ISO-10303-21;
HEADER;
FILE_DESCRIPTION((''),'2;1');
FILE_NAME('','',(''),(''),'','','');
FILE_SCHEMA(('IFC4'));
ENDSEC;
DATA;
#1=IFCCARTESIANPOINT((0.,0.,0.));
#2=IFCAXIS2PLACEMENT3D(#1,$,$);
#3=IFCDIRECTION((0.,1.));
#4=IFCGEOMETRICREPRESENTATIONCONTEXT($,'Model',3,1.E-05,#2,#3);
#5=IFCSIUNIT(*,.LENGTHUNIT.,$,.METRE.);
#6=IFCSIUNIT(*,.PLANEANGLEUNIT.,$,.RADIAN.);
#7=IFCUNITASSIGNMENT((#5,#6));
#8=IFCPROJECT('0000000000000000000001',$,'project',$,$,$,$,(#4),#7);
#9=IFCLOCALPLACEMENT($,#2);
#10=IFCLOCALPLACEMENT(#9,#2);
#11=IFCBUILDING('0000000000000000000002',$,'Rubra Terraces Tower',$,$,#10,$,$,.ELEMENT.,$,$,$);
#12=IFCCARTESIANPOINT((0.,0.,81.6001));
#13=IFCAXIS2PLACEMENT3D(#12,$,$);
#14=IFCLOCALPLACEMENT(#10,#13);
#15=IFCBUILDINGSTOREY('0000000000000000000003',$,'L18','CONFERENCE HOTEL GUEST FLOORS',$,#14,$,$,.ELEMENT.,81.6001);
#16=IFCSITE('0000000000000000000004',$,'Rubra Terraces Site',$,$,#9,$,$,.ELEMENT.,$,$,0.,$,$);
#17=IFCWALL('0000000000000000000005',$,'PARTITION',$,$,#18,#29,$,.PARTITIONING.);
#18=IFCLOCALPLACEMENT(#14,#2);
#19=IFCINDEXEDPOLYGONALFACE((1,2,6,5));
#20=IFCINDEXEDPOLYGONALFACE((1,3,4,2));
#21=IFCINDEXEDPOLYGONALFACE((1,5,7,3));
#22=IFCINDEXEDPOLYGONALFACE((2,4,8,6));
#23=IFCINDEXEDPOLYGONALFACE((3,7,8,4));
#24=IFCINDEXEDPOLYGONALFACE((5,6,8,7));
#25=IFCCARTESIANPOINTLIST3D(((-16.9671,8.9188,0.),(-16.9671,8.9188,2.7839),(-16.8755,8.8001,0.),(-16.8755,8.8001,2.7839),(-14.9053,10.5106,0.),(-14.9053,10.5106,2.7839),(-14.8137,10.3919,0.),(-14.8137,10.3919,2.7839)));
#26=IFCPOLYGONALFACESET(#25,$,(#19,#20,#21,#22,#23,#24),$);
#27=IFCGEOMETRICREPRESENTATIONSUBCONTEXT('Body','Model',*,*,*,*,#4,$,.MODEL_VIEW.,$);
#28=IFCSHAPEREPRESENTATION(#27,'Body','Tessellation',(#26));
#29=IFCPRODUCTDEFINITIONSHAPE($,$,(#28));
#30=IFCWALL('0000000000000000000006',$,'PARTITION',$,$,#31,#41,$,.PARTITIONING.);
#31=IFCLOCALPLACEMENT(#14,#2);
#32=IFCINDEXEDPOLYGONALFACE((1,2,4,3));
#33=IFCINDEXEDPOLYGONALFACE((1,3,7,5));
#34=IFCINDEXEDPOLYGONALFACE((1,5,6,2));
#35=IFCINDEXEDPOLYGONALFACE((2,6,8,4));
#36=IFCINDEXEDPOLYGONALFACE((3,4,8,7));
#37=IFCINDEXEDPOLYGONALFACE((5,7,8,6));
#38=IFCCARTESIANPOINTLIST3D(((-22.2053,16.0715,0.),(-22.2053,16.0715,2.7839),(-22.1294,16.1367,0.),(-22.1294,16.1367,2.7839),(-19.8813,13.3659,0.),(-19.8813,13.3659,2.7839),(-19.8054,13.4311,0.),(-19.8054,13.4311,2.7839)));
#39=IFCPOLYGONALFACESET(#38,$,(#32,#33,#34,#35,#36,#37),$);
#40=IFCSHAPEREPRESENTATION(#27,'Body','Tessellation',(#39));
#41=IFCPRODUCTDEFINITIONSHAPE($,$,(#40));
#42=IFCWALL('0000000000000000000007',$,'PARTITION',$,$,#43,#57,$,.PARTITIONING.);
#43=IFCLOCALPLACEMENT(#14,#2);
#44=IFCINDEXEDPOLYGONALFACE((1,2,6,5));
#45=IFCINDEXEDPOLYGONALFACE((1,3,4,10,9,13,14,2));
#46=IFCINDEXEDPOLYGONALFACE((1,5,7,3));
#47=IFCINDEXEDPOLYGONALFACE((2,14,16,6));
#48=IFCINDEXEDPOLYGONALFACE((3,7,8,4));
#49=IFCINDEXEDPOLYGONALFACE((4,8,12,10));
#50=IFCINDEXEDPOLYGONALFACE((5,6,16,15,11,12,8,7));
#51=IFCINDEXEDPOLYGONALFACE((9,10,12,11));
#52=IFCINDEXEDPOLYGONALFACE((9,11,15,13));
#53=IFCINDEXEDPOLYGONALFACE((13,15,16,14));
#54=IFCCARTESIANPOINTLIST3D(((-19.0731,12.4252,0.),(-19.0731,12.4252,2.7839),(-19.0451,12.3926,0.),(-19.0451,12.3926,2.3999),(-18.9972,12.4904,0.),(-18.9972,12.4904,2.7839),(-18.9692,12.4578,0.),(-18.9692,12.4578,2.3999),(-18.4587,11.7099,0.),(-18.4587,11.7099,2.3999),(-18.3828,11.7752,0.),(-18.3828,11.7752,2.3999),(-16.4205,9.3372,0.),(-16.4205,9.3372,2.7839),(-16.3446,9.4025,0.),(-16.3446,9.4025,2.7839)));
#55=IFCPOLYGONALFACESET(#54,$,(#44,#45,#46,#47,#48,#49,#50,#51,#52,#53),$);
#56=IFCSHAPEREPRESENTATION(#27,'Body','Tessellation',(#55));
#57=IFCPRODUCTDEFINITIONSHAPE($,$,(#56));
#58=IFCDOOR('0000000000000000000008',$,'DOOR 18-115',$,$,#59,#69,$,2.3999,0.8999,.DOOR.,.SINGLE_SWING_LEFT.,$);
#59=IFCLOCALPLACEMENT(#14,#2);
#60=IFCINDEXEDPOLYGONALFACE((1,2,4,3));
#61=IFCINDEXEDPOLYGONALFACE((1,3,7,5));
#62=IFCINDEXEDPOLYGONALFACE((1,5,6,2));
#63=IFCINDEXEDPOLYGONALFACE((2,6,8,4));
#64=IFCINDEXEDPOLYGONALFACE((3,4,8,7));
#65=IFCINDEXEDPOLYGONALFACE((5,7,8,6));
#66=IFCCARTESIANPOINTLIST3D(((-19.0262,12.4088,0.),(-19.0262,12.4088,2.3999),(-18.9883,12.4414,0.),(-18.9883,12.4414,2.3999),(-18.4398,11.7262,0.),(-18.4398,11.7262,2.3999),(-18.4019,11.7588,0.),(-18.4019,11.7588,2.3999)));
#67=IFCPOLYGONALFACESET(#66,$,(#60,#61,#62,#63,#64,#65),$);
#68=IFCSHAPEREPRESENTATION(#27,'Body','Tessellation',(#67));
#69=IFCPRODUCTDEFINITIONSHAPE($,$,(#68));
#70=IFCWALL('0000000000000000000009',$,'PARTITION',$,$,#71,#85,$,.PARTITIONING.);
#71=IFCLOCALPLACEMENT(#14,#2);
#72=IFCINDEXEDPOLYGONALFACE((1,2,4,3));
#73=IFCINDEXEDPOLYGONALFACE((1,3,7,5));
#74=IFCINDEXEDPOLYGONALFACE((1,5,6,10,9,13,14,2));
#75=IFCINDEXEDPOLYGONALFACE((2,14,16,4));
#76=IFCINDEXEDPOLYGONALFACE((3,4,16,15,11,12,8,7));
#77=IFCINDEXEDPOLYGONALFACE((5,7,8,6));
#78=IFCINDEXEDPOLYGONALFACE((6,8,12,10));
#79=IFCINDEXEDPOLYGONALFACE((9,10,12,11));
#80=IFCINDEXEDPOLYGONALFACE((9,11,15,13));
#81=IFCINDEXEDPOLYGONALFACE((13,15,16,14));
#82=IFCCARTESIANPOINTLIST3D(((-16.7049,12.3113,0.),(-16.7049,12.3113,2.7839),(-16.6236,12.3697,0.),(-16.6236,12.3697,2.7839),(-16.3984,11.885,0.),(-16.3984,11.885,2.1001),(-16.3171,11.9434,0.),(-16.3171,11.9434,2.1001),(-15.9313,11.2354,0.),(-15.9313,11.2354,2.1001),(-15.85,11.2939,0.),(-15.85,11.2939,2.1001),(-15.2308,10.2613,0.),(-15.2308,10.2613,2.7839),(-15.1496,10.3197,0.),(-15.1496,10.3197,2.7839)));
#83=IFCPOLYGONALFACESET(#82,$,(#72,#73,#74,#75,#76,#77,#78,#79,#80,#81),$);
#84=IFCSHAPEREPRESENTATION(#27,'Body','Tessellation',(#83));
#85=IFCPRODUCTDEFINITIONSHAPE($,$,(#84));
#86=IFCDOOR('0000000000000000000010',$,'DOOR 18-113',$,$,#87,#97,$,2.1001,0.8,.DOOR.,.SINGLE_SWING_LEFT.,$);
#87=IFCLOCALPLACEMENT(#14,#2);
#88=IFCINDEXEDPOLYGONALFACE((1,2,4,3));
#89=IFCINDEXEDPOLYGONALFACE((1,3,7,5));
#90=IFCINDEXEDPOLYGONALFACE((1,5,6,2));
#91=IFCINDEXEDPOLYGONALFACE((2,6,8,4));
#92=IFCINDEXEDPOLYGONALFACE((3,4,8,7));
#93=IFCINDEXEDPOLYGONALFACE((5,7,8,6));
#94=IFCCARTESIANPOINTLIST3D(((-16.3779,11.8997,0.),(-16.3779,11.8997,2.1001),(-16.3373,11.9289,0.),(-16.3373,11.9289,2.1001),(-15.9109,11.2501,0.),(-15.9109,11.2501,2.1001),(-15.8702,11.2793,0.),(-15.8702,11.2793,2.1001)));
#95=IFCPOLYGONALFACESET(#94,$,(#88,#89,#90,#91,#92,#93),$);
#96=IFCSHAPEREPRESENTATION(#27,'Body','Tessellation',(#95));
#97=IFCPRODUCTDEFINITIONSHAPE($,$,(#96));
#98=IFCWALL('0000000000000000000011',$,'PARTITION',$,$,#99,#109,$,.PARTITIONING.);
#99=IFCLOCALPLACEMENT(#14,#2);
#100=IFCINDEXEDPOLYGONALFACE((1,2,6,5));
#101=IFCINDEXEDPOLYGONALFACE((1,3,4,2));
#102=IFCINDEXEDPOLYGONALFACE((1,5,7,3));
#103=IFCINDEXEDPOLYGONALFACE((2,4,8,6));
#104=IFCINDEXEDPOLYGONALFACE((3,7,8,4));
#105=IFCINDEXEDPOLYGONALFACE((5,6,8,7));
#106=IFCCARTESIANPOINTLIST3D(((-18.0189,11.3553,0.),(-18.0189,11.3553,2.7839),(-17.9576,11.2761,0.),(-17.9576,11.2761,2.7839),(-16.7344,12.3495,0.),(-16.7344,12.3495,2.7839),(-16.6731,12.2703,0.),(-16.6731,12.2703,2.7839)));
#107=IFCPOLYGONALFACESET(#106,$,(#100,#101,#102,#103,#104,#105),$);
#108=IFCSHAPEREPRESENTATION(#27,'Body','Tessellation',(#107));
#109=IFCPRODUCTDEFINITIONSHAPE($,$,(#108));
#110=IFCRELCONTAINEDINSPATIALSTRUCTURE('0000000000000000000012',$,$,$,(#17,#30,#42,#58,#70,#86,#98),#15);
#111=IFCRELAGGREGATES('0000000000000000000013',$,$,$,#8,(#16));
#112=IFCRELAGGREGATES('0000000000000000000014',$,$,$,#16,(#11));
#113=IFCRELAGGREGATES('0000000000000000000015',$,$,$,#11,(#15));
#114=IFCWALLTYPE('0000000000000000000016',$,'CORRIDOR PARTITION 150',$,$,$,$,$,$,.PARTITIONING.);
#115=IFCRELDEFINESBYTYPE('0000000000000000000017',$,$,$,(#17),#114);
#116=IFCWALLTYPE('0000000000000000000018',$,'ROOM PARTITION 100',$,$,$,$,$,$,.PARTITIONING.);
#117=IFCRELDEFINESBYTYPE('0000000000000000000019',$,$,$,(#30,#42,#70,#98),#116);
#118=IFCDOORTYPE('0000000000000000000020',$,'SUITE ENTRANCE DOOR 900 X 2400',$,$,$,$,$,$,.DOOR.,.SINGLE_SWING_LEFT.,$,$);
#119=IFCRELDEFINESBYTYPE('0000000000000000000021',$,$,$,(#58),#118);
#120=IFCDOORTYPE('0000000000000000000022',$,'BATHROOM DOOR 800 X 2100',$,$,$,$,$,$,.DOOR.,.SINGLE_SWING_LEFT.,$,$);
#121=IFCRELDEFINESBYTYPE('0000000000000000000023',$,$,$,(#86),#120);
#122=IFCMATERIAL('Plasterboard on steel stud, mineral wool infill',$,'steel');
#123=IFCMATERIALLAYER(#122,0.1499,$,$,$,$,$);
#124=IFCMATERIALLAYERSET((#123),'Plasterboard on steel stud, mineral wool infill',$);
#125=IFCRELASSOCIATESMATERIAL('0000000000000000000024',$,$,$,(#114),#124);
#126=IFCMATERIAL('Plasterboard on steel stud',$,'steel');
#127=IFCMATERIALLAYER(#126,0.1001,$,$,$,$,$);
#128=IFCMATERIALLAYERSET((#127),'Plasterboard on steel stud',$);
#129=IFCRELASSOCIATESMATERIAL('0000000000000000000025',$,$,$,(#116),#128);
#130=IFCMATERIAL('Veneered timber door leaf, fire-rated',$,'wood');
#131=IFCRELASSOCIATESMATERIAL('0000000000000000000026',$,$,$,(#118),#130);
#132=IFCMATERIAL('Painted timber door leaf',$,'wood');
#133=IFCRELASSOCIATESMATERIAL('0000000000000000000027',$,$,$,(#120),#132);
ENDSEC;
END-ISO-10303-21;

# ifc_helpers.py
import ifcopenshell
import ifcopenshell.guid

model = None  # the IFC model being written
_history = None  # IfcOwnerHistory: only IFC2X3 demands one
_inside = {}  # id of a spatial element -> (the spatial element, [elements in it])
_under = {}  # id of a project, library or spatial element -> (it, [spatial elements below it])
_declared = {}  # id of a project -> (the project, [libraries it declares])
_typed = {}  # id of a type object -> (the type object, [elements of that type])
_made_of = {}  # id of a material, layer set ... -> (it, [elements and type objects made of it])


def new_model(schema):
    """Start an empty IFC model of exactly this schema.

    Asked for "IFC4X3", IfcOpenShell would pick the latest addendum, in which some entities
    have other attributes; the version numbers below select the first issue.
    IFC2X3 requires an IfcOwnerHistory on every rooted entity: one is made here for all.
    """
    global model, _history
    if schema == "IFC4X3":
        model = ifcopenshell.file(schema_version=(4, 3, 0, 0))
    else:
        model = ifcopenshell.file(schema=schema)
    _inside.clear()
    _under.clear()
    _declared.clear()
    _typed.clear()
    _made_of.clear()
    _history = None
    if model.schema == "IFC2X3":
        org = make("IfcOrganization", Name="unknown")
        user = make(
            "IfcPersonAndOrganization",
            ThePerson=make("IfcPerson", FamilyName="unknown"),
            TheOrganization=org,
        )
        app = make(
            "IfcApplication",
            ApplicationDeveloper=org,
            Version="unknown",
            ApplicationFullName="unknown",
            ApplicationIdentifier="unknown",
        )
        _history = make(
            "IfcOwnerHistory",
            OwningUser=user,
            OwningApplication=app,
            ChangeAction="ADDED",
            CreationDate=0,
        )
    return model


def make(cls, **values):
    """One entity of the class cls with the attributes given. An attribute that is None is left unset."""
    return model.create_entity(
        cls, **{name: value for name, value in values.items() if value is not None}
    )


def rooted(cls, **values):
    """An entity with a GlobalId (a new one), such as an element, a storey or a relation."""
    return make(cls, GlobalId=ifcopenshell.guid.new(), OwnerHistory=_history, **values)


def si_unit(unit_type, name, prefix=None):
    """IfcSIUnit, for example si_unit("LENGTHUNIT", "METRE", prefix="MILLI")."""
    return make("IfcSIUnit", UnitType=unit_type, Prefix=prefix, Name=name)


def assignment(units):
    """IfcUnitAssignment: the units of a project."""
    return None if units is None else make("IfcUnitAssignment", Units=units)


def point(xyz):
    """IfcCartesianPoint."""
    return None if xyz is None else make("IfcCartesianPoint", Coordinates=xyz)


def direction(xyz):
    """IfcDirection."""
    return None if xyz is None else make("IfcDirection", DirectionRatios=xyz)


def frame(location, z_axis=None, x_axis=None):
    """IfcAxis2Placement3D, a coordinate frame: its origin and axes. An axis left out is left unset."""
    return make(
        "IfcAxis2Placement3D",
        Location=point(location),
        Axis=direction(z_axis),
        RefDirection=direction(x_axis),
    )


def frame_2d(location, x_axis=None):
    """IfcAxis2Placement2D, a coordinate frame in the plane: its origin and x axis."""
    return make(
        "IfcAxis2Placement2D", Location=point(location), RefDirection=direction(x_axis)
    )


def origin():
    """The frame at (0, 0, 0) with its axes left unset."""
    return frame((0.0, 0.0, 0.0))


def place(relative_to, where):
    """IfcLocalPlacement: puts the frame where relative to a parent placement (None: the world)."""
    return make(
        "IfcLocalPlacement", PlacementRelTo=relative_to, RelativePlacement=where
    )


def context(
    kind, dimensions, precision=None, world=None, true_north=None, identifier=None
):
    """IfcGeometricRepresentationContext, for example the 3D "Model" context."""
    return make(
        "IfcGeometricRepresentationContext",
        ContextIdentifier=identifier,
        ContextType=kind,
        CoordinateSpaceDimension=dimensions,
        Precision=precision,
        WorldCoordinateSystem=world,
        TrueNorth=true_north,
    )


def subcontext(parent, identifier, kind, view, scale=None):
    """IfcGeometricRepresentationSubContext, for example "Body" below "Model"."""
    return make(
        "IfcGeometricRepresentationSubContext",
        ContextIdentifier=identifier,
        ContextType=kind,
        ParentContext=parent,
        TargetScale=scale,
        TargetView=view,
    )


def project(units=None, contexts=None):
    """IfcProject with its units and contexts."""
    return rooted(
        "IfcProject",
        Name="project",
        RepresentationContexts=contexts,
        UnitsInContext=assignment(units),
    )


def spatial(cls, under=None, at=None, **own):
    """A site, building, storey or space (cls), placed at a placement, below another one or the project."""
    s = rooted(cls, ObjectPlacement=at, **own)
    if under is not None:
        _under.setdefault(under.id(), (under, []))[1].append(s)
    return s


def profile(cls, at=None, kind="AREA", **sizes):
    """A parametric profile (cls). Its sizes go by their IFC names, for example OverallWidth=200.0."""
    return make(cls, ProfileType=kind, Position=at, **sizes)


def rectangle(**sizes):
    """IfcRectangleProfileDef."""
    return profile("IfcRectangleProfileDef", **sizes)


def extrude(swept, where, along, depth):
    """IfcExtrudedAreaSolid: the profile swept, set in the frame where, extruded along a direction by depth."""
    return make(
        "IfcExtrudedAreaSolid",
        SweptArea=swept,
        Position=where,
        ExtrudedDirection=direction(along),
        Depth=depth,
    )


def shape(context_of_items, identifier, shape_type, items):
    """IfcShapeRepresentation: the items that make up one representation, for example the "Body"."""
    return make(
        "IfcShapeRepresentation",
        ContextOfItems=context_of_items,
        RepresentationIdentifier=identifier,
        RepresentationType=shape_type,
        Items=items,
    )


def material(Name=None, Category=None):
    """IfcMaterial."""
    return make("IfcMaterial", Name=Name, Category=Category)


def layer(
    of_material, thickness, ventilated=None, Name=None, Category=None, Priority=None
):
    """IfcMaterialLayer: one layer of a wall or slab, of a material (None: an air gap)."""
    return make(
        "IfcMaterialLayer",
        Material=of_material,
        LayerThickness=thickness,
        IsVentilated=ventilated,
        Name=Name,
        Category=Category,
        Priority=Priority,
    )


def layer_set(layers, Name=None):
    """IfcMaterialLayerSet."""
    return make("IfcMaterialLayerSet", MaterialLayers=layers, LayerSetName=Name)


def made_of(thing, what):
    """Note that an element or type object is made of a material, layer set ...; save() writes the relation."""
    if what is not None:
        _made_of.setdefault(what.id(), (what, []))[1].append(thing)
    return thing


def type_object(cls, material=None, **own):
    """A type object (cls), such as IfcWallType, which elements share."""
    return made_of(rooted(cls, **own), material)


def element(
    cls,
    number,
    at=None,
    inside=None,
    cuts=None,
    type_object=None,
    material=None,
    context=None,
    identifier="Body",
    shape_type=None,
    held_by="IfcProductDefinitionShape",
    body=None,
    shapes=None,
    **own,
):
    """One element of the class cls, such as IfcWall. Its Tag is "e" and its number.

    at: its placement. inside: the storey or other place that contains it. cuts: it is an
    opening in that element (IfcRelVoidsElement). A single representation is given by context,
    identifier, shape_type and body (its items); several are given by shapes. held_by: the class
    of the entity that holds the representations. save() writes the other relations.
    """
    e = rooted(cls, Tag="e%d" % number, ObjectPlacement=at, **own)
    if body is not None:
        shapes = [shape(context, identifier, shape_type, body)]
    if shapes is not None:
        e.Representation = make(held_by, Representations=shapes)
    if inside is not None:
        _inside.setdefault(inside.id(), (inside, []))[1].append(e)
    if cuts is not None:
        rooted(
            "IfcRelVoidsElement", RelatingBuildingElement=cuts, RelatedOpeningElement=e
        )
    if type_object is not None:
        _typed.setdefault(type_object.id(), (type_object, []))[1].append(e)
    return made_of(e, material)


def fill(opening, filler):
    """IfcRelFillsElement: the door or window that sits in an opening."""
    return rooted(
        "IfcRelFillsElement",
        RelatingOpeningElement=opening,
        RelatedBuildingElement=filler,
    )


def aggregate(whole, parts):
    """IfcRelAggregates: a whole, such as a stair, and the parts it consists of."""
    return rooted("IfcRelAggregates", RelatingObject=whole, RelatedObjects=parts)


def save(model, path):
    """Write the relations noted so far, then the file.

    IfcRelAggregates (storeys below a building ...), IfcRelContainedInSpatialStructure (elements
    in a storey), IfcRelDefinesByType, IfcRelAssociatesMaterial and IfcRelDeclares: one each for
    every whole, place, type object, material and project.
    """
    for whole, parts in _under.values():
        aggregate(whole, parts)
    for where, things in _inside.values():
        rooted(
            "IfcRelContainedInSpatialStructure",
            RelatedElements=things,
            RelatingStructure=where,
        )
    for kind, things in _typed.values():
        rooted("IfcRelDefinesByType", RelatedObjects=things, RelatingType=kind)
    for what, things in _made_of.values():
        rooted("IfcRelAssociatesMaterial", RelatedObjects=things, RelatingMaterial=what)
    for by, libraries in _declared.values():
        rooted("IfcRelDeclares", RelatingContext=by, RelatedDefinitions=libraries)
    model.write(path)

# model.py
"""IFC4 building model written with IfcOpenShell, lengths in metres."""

from ifc_helpers import new_model, si_unit, direction, frame, frame_2d, origin, place, context, subcontext, project, spatial, rectangle, extrude, material, layer, layer_set, type_object, element, fill, save


model = new_model("IFC4")

# Units and contexts
model_context = context("Model", 3, precision=1e-05, world=origin(), true_north=direction((0.0, 1.0)))
body_context = subcontext(model_context, "Body", "Model", "MODEL_VIEW")
ifc_project = project(units=[si_unit("LENGTHUNIT", "METRE"), si_unit("PLANEANGLEUNIT", "RADIAN")], contexts=[model_context])

# Site, building, storey
site_placement = place(None, origin())
site = spatial("IfcSite", under=ifc_project, at=site_placement, Name="Rubra Terraces Site", CompositionType="ELEMENT", RefElevation=0.0)
building_placement = place(site_placement, origin())
building = spatial("IfcBuilding", under=site, at=building_placement, Name="Rubra Terraces Tower", CompositionType="ELEMENT")
storey_placement = place(building_placement, frame((0.0, 0.0, 81.6001)))
storey = spatial("IfcBuildingStorey", under=building, at=storey_placement, Name="L18", Description="CONFERENCE HOTEL GUEST FLOORS", CompositionType="ELEMENT", Elevation=81.6001)

# Walls
ifc_material_1 = material(Name="Plasterboard on steel stud, mineral wool infill", Category="steel")
ifc_layer_1 = layer(ifc_material_1, 0.1499)
ifc_layer_set_1 = layer_set([ifc_layer_1], Name="Plasterboard on steel stud, mineral wool infill")
wall_type_1 = type_object("IfcWallType", Name="CORRIDOR PARTITION 150", PredefinedType="PARTITIONING", material=ifc_layer_set_1)
wall_1_placement = place(storey_placement, frame((-14.8596, 10.4512, 0.0), z_axis=(0.0, 0.0, 1.0), x_axis=(-0.791543, -0.611114, 0.0)))
element("IfcWall", 1, at=wall_1_placement, inside=storey, type_object=wall_type_1, Name="PARTITION", PredefinedType="PARTITIONING", context=body_context, shape_type="SweptSolid", body=[
    extrude(rectangle(XDim=2.6047, YDim=0.1499, at=frame_2d((1.3022, 0.0))), origin(), (0.0, 0.0, 1.0), 2.7839),
])
ifc_material_2 = material(Name="Plasterboard on steel stud", Category="steel")
ifc_layer_2 = layer(ifc_material_2, 0.1001)
ifc_layer_set_2 = layer_set([ifc_layer_2], Name="Plasterboard on steel stud")
wall_type_2 = type_object("IfcWallType", Name="ROOM PARTITION 100", PredefinedType="PARTITIONING", material=ifc_layer_set_2)
wall_2_placement = place(storey_placement, frame((-22.1672, 16.104, 0.0), z_axis=(0.0, 0.0, 1.0), x_axis=(0.651586, -0.758575, 0.0)))
element("IfcWall", 2, at=wall_2_placement, inside=storey, type_object=wall_type_2, Name="PARTITION", PredefinedType="PARTITIONING", context=body_context, shape_type="SweptSolid", body=[
    extrude(rectangle(XDim=3.5667, YDim=0.1001, at=frame_2d((1.7832, 0.0))), origin(), (0.0, 0.0, 1.0), 2.7839),
])

# Walls, openings, doors
wall_3_placement = place(storey_placement, frame((-19.0352, 12.4578, 0.0), z_axis=(0.0, 0.0, 1.0), x_axis=(0.651616, -0.758549, 0.0)))
wall_3 = element("IfcWall", 3, at=wall_3_placement, inside=storey, type_object=wall_type_2, Name="PARTITION", PredefinedType="PARTITIONING", context=body_context, shape_type="SweptSolid", body=[
    extrude(rectangle(XDim=4.0708, YDim=0.1001, at=frame_2d((2.0354, 0.0))), origin(), (0.0, 0.0, 1.0), 2.7839),
])
opening_1_placement = place(wall_3_placement, frame((0.043, 0.0, 0.0)))
opening_1 = element("IfcOpeningElement", 4, at=opening_1_placement, cuts=wall_3, PredefinedType="OPENING", context=body_context, shape_type="SweptSolid", body=[
    extrude(rectangle(XDim=0.8999, YDim=2.3999, at=frame_2d((0.45, 1.2))), frame((0.0, 0.0601, 0.0), z_axis=(0.0, -1.0, 0.0), x_axis=(1.0, 0.0, 0.0)), (0.0, 0.0, 1.0), 0.1201),
])
ifc_material_3 = material(Name="Veneered timber door leaf, fire-rated", Category="wood")
door_type_1 = type_object("IfcDoorType", Name="SUITE ENTRANCE DOOR 900 X 2400", OperationType="SINGLE_SWING_LEFT", PredefinedType="DOOR", material=ifc_material_3)
door_1_placement = place(opening_1_placement, origin())
door_1 = element("IfcDoor", 5, at=door_1_placement, inside=storey, type_object=door_type_1, Name="DOOR 18-115", OperationType="SINGLE_SWING_LEFT", OverallHeight=2.3999, OverallWidth=0.8999, PredefinedType="DOOR", context=body_context, shape_type="SweptSolid", body=[
    extrude(rectangle(XDim=0.8999, YDim=2.3999, at=frame_2d((0.45, 1.2))), frame((0.0, 0.0249, 0.0), z_axis=(0.0, -1.0, 0.0), x_axis=(1.0, 0.0, 0.0)), (0.0, 0.0, 1.0), 0.05),
])
fill(opening_1, door_1)
wall_4_placement = place(storey_placement, frame((-15.1902, 10.2905, 0.0), z_axis=(0.0, 0.0, 1.0), x_axis=(-0.583805, 0.811894, 0.0)))
wall_4 = element("IfcWall", 6, at=wall_4_placement, inside=storey, type_object=wall_type_2, Name="PARTITION", PredefinedType="PARTITIONING", context=body_context, shape_type="SweptSolid", body=[
    extrude(rectangle(XDim=2.5249, YDim=0.1001, at=frame_2d((1.2625, 0.0))), origin(), (0.0, 0.0, 1.0), 2.7839),
])
opening_2_placement = place(wall_4_placement, frame((1.2, 0.0, 0.0)))
opening_2 = element("IfcOpeningElement", 7, at=opening_2_placement, cuts=wall_4, PredefinedType="OPENING", context=body_context, shape_type="SweptSolid", body=[
    extrude(rectangle(XDim=0.8, YDim=2.1001, at=frame_2d((0.3999, 1.05))), frame((0.0, 0.0601, 0.0), z_axis=(0.0, -1.0, 0.0), x_axis=(1.0, 0.0, 0.0)), (0.0, 0.0, 1.0), 0.1201),
])
ifc_material_4 = material(Name="Painted timber door leaf", Category="wood")
door_type_2 = type_object("IfcDoorType", Name="BATHROOM DOOR 800 X 2100", OperationType="SINGLE_SWING_LEFT", PredefinedType="DOOR", material=ifc_material_4)
door_2_placement = place(opening_2_placement, origin())
door_2 = element("IfcDoor", 8, at=door_2_placement, inside=storey, type_object=door_type_2, Name="DOOR 18-113", OperationType="SINGLE_SWING_LEFT", OverallHeight=2.1001, OverallWidth=0.8, PredefinedType="DOOR", context=body_context, shape_type="SweptSolid", body=[
    extrude(rectangle(XDim=0.8, YDim=2.1001, at=frame_2d((0.3999, 1.05))), frame((0.0, 0.0249, 0.0), z_axis=(0.0, -1.0, 0.0), x_axis=(1.0, 0.0, 0.0)), (0.0, 0.0, 1.0), 0.05),
])
fill(opening_2, door_2)

# Wall
wall_5_placement = place(storey_placement, frame((-16.7039, 12.3098, 0.0), z_axis=(0.0, 0.0, 1.0), x_axis=(-0.790799, -0.612076, 0.0)))
element("IfcWall", 9, at=wall_5_placement, inside=storey, type_object=wall_type_2, Name="PARTITION", PredefinedType="PARTITIONING", context=body_context, shape_type="SweptSolid", body=[
    extrude(rectangle(XDim=1.6243, YDim=0.1001, at=frame_2d((0.812, 0.0))), origin(), (0.0, 0.0, 1.0), 2.7839),
])

save(model, "model.ifc")
